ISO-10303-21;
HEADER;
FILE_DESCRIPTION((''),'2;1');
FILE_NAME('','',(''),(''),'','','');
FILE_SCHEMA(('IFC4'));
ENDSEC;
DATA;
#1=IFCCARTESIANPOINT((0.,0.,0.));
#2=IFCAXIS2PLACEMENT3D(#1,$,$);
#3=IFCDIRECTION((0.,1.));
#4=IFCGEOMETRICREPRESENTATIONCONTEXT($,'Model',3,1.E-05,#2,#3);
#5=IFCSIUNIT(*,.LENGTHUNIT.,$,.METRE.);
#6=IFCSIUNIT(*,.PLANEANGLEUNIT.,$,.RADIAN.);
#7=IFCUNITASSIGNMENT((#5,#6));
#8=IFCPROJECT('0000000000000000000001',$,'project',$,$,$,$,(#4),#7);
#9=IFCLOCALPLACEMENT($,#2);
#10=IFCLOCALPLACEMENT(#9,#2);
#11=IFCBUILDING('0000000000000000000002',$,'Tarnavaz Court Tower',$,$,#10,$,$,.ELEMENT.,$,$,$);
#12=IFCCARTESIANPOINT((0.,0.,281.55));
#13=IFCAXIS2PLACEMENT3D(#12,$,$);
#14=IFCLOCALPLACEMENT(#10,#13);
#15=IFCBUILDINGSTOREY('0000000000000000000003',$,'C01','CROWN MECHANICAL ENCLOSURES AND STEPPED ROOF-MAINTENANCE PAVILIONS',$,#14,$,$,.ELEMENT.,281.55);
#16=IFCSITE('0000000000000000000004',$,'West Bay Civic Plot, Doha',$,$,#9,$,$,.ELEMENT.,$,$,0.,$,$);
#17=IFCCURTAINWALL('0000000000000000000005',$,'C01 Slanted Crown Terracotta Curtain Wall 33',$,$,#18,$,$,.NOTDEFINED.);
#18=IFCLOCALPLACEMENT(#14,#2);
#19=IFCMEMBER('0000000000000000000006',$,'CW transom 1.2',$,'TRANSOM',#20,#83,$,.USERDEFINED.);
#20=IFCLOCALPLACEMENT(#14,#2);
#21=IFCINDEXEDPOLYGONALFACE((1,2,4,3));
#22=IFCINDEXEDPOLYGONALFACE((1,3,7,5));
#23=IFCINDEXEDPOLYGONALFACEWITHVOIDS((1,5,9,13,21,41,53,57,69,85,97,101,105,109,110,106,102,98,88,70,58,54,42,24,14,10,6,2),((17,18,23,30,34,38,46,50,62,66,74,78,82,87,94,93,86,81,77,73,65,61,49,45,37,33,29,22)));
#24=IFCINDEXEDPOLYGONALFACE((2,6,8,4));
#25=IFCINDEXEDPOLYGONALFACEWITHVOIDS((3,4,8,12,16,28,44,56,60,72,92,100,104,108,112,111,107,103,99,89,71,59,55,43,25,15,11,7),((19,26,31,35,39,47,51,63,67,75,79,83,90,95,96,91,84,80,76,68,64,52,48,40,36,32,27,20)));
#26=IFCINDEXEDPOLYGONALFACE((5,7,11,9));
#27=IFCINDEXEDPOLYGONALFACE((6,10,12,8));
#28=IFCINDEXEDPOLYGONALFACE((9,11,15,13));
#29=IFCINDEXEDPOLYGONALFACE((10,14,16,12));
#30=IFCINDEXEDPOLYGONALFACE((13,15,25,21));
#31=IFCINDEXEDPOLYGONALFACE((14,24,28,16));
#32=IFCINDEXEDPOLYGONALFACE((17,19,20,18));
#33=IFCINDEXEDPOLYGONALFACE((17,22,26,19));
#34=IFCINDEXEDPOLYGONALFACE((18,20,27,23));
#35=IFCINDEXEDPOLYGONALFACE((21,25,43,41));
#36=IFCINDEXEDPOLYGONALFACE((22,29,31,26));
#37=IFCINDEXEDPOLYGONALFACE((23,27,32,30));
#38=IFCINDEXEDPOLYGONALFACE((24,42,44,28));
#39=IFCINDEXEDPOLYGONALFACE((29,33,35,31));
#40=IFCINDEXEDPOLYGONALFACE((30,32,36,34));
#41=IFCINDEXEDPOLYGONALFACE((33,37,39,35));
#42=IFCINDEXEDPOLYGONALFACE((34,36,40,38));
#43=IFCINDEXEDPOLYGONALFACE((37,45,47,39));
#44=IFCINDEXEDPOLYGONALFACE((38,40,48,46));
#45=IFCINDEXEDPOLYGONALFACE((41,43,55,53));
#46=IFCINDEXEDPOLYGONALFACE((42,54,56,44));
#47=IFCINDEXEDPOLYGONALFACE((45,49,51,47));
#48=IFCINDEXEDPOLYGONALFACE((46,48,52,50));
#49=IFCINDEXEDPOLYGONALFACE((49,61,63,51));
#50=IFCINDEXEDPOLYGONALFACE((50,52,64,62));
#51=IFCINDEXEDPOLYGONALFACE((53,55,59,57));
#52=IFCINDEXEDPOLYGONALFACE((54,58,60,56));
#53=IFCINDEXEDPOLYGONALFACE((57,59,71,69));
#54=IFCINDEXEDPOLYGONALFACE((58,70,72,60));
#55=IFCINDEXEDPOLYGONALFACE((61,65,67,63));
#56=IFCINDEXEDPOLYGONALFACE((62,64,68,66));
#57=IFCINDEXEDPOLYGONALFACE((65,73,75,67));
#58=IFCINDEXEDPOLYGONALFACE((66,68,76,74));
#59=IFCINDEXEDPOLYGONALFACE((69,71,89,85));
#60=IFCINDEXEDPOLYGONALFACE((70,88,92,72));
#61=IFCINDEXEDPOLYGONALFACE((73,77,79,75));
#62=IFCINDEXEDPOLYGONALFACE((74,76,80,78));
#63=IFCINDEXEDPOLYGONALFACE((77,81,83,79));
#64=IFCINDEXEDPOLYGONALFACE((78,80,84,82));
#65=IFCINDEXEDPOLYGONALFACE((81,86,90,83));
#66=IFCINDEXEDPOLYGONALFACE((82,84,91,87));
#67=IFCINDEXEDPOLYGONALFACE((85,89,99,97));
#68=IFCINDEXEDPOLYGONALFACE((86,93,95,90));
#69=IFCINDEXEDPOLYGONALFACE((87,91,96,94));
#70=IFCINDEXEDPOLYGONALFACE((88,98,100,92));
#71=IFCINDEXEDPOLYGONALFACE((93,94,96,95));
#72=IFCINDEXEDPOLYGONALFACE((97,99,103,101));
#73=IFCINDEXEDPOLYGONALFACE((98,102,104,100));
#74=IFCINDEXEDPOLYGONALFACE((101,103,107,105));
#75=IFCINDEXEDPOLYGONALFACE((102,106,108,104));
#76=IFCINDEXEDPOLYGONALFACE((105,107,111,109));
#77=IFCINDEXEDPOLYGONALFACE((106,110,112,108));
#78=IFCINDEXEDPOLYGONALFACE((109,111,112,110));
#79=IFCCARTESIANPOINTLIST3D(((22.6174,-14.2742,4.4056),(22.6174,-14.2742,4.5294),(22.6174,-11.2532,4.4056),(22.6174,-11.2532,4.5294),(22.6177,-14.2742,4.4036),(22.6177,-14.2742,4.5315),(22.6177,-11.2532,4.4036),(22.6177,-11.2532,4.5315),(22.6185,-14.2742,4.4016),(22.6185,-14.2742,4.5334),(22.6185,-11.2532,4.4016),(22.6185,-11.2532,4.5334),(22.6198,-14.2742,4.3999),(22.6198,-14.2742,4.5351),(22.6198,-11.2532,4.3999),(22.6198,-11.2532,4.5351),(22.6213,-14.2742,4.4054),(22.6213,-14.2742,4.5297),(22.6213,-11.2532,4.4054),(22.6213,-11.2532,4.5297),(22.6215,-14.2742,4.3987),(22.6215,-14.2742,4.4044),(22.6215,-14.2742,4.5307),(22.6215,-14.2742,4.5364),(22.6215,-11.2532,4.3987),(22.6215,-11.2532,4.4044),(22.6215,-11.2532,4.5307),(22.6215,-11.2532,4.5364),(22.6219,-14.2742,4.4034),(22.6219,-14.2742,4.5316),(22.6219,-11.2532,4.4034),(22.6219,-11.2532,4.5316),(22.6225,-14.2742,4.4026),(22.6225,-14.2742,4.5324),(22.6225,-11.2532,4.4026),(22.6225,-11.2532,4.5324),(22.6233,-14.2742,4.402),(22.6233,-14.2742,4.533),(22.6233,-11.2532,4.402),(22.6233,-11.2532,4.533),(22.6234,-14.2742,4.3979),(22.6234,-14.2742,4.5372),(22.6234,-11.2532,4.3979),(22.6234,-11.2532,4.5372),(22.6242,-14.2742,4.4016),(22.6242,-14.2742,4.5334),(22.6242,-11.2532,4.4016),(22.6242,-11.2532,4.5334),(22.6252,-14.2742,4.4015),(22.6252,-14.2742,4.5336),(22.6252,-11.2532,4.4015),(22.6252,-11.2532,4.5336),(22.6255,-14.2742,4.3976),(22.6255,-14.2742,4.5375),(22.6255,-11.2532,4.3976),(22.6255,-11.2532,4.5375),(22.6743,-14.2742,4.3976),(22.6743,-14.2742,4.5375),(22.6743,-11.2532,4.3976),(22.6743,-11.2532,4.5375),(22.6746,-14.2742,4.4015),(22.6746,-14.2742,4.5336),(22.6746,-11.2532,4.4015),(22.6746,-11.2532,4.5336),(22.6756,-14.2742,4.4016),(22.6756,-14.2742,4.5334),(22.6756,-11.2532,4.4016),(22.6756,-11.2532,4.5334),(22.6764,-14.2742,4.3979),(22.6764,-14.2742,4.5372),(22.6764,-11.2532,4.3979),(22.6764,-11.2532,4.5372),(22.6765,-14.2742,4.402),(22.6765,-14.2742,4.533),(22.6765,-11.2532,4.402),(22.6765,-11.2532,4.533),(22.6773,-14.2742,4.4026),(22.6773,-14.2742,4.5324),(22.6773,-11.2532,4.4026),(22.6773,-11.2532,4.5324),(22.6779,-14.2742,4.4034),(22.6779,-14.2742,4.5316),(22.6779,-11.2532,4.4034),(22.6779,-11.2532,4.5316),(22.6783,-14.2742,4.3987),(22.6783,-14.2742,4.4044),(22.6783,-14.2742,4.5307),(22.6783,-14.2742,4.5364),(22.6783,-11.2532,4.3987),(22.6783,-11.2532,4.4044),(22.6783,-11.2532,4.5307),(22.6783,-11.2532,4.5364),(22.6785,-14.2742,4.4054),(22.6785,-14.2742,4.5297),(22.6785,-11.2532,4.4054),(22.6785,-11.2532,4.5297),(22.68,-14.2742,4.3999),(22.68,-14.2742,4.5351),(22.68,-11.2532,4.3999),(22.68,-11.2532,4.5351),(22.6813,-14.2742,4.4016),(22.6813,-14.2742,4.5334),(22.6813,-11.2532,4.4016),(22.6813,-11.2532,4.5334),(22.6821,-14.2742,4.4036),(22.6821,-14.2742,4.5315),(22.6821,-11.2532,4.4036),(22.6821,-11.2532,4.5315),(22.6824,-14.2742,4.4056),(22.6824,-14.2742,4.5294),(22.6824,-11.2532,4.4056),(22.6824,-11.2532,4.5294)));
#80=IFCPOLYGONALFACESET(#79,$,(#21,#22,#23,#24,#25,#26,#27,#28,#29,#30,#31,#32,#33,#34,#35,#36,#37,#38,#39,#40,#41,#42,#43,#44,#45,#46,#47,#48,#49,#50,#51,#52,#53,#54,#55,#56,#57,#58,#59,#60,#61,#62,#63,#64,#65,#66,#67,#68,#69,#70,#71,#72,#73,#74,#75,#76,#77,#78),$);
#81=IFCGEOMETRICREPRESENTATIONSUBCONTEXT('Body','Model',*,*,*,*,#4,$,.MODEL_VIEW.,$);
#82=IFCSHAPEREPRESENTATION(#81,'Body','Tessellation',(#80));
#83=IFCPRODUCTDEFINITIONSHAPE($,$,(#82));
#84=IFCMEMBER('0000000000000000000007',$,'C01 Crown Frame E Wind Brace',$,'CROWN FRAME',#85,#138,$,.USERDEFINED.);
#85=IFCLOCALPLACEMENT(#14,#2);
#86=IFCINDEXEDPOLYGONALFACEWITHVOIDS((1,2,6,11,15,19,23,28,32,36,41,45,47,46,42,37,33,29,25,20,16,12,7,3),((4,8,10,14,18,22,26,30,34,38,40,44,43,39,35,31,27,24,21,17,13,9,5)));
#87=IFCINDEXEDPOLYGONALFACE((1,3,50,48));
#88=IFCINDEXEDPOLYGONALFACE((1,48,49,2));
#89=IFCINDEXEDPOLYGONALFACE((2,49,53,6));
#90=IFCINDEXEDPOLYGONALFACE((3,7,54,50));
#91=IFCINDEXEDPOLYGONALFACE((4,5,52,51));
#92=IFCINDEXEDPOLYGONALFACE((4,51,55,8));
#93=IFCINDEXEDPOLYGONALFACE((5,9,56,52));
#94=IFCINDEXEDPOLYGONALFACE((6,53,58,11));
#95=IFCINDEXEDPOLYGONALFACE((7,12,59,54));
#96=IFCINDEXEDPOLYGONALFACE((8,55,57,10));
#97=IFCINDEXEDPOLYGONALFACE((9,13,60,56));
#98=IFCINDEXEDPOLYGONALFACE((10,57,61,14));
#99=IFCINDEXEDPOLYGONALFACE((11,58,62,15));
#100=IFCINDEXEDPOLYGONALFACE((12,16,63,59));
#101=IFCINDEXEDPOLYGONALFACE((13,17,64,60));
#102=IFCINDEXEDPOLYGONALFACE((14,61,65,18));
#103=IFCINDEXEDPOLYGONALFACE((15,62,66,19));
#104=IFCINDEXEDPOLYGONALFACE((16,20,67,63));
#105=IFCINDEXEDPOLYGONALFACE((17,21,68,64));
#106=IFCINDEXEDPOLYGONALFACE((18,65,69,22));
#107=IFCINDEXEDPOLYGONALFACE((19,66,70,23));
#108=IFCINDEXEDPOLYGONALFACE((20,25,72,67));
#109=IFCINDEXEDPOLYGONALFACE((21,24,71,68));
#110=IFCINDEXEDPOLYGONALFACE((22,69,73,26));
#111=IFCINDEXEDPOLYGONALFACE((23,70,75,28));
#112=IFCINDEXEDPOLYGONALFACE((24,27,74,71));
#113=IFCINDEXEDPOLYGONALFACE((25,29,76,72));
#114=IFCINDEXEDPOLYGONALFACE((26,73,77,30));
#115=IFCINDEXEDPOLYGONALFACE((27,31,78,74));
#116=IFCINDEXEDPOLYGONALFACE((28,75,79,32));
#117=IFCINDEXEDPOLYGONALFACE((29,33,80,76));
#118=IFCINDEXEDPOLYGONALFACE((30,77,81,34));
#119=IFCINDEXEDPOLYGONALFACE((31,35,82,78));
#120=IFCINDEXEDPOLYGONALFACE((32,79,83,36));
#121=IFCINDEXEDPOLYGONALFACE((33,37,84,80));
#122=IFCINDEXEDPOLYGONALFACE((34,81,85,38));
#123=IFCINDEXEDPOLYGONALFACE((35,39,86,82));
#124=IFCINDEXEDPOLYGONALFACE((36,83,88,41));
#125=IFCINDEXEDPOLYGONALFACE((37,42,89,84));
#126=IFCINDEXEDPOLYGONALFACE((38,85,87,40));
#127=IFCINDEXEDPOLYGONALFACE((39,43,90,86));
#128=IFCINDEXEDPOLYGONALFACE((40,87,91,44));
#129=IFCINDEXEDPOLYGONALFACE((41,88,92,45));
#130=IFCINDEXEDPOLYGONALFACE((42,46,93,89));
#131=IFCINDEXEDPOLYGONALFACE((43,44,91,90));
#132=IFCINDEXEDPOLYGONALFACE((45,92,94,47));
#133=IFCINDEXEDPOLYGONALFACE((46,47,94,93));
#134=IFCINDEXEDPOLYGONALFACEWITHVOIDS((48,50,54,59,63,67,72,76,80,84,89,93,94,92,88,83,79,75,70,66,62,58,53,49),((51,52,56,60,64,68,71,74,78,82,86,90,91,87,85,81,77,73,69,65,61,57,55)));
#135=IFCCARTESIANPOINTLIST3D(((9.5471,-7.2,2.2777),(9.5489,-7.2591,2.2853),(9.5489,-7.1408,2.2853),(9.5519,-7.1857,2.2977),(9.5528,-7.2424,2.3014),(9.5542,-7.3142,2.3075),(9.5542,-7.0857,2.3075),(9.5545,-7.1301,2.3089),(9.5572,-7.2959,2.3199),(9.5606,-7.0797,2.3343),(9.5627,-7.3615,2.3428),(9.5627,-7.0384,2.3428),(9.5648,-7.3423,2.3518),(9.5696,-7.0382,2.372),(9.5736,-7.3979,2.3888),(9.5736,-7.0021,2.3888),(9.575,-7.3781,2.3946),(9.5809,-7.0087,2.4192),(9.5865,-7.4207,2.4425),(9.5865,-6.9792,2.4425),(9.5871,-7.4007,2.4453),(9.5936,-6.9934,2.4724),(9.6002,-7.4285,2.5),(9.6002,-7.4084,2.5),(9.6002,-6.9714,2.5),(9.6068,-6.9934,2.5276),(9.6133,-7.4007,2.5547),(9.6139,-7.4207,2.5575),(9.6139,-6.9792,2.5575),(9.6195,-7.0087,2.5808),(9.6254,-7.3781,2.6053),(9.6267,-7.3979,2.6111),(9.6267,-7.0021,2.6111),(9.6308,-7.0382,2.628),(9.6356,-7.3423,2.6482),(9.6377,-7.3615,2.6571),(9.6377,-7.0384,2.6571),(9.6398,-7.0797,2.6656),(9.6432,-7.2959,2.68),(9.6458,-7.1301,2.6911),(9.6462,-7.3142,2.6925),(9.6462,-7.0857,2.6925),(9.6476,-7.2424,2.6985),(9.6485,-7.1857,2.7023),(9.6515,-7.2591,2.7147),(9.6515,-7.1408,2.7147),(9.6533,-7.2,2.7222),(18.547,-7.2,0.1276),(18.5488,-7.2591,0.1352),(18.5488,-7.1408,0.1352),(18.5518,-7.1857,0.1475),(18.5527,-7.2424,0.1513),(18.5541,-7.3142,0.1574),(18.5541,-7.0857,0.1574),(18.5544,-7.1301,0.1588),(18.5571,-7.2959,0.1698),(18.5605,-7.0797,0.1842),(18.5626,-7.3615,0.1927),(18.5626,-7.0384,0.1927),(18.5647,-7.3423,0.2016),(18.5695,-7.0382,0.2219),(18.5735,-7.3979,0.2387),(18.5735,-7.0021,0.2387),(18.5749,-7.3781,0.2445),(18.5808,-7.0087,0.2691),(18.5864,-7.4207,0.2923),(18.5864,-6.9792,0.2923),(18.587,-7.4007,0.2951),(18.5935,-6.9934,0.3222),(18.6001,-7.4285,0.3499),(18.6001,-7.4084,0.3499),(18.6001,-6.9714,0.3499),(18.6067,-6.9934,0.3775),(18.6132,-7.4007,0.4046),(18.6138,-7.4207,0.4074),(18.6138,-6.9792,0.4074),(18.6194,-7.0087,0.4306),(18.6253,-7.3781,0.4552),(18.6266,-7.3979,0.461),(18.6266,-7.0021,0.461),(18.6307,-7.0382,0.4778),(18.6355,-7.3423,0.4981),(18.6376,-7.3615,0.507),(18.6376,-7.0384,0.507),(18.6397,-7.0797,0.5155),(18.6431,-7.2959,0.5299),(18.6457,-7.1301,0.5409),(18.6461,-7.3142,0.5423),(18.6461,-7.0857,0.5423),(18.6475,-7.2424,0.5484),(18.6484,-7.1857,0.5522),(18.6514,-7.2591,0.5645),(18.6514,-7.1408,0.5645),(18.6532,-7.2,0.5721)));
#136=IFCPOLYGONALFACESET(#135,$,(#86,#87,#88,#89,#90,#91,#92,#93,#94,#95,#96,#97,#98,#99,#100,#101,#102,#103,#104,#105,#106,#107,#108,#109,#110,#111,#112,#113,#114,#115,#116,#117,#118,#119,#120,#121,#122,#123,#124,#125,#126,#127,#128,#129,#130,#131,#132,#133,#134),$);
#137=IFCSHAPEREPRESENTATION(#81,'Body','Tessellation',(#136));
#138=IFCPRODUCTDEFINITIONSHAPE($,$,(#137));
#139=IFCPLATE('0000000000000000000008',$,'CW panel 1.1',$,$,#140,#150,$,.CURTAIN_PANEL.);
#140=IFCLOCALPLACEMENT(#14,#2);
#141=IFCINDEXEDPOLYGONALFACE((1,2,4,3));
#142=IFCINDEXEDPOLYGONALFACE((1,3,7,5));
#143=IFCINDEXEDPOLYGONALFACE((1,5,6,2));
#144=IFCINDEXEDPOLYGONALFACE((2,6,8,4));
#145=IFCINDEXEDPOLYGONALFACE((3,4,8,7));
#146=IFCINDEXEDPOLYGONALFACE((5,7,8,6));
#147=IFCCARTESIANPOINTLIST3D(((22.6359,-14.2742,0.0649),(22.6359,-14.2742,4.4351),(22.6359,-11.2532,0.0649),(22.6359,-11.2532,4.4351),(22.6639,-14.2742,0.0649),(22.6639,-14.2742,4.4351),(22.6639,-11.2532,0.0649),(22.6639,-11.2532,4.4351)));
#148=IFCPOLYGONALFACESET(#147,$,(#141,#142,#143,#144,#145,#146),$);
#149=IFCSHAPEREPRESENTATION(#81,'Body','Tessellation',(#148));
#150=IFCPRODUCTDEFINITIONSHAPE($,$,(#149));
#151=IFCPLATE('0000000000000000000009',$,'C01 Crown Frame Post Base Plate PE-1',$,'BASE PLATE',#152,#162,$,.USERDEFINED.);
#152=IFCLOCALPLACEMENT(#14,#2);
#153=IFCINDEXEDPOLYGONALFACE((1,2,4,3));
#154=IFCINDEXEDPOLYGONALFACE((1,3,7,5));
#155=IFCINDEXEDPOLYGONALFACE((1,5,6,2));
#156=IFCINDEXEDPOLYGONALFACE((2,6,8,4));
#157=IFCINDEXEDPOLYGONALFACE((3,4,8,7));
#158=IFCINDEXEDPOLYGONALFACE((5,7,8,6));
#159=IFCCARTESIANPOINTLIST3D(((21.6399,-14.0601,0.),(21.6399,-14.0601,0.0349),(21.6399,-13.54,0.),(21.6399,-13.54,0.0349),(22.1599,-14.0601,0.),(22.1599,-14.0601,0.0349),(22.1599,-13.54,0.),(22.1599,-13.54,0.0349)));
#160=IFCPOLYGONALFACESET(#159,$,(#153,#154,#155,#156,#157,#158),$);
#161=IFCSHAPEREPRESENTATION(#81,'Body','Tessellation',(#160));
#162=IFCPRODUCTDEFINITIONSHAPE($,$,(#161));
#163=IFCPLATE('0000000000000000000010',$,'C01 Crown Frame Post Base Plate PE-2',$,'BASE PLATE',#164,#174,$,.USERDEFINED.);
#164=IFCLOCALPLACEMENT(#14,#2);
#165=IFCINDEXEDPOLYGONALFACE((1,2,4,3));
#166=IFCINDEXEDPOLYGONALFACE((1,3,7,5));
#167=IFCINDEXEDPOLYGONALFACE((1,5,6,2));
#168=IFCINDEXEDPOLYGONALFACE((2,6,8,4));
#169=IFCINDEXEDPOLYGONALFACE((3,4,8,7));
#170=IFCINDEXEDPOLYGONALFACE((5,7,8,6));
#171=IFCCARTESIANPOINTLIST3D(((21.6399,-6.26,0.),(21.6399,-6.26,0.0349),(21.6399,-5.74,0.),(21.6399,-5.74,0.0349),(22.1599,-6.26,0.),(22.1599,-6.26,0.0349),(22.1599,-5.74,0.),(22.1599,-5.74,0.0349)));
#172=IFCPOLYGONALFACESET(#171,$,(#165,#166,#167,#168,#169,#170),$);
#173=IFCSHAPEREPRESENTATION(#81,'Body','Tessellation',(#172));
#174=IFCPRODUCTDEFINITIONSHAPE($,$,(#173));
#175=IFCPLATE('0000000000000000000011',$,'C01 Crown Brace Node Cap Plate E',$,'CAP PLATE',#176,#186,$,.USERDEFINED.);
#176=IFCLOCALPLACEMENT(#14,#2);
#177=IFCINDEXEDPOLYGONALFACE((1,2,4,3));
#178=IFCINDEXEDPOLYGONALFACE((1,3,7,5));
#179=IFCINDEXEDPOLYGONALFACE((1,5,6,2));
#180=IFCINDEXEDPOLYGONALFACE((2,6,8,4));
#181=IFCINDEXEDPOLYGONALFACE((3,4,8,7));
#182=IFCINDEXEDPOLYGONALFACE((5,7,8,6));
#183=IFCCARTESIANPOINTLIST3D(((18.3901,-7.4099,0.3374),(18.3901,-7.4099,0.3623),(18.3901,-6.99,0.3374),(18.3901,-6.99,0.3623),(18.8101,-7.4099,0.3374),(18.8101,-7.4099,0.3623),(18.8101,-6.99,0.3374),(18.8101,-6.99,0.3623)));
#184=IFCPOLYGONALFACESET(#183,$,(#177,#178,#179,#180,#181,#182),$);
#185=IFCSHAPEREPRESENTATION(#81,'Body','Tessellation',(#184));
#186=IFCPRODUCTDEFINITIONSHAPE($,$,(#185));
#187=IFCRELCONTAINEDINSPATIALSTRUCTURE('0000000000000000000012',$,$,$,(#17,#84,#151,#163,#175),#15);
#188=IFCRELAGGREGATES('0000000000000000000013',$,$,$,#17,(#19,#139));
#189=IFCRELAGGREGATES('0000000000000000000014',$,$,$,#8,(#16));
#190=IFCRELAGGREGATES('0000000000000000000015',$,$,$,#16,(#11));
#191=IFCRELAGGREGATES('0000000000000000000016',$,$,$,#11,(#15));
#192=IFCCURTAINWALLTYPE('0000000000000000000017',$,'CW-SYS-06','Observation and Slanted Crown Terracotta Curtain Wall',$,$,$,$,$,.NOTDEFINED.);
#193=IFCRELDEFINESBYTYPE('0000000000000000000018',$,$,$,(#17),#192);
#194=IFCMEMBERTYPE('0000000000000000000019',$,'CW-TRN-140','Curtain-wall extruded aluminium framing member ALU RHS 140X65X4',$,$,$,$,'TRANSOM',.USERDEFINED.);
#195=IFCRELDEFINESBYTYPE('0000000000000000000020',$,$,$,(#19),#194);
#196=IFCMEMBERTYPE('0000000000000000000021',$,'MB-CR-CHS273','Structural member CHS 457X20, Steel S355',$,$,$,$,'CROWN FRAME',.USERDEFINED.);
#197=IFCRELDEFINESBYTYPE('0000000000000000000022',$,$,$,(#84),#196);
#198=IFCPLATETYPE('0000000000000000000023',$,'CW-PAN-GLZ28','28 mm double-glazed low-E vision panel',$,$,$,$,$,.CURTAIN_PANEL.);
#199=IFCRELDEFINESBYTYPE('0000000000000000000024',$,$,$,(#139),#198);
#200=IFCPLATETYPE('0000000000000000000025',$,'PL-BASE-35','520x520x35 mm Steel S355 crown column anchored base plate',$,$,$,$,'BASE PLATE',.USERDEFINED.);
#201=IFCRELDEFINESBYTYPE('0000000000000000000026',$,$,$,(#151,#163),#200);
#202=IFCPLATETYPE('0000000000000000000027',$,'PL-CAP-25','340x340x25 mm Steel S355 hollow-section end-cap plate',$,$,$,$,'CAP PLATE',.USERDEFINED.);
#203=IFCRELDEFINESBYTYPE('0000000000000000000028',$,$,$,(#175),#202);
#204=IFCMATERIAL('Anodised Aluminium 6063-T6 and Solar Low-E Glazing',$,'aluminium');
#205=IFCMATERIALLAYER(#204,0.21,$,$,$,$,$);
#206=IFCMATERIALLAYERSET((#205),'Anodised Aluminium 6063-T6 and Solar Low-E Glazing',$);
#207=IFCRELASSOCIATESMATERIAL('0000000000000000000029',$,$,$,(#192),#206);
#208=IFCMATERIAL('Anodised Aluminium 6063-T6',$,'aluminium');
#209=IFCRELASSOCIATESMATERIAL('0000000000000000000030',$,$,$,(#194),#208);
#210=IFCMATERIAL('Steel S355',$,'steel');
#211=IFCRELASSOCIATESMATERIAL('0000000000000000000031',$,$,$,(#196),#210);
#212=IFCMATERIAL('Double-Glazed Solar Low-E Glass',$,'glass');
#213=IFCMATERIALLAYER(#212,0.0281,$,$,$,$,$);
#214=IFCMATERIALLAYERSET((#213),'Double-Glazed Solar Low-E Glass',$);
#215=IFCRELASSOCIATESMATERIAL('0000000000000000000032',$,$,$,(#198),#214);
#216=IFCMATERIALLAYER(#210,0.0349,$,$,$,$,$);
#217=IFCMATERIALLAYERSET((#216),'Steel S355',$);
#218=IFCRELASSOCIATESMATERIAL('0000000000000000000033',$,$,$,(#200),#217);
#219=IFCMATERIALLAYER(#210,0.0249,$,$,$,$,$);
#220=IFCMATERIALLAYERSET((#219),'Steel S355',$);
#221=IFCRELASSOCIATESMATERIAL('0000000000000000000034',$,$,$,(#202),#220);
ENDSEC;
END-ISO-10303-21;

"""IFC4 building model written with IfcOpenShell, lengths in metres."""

from ifc_helpers import new_model, si_unit, direction, frame, origin, origin_2d, place, context, subcontext, project, spatial, rectangle, hollow_rectangle, hollow_circle, extrude, material, layer, layer_set, material_profile, profile_set, type_object, element, aggregate, save


model = new_model("IFC4")

# Units and contexts
model_context = context("Model", 3, precision=1e-05, world=origin(), true_north=direction((0.0, 1.0)))
body_context = subcontext(model_context, "Body", "Model", "MODEL_VIEW")
ifc_project = project(units=[si_unit("LENGTHUNIT", "METRE"), si_unit("PLANEANGLEUNIT", "RADIAN")], contexts=[model_context])

# Site, building, storey
site_placement = place(None, origin())
site = spatial("IfcSite", under=ifc_project, at=site_placement, Name="West Bay Civic Plot, Doha", CompositionType="ELEMENT", RefElevation=0.0)
building_placement = place(site_placement, origin())
building = spatial("IfcBuilding", under=site, at=building_placement, Name="Tarnavaz Court Tower", CompositionType="ELEMENT")
storey_placement = place(building_placement, frame((0.0, 0.0, 281.55)))
storey = spatial("IfcBuildingStorey", under=building, at=storey_placement, Name="C01", Description="CROWN MECHANICAL ENCLOSURES AND STEPPED ROOF-MAINTENANCE PAVILIONS", CompositionType="ELEMENT", Elevation=281.55)

# Shared definitions
ifc_material_1 = material(Name="Steel S355", Category="steel")

# Curtain wall, member
ifc_material_2 = material(Name="Anodised Aluminium 6063-T6 and Solar Low-E Glazing", Category="aluminium")
ifc_layer_1 = layer(ifc_material_2, 0.21)
ifc_layer_set_1 = layer_set([ifc_layer_1], Name="Anodised Aluminium 6063-T6 and Solar Low-E Glazing")
curtain_wall_type = type_object("IfcCurtainWallType", Name="CW-SYS-06", Description="Observation and Slanted Crown Terracotta Curtain Wall", PredefinedType="NOTDEFINED", material=ifc_layer_set_1)
curtain_wall_placement = place(storey_placement, origin())
curtain_wall = element("IfcCurtainWall", 1, at=curtain_wall_placement, inside=storey, type_object=curtain_wall_type, Name="C01 Slanted Crown Terracotta Curtain Wall 33", PredefinedType="NOTDEFINED")
ifc_material_3 = material(Name="Anodised Aluminium 6063-T6", Category="aluminium")
ifc_material_profile_1 = material_profile(ifc_material_3, hollow_rectangle(XDim=0.0649, YDim=0.1399, WallThickness=0.0039, InnerFilletRadius=0.0039, OuterFilletRadius=0.0081, at=origin_2d()), Name="ALU RHS 140X65X4")
ifc_profile_set_1 = profile_set([ifc_material_profile_1], Name="Anodised Aluminium 6063-T6")
member_type_1 = type_object("IfcMemberType", Name="CW-TRN-140", Description="Curtain-wall extruded aluminium framing member ALU RHS 140X65X4", ElementType="TRANSOM", PredefinedType="USERDEFINED", material=ifc_profile_set_1)
member_1_placement = place(storey_placement, frame((22.6499, -11.2532, 4.4675), z_axis=(0.0, -1.0, 0.0), x_axis=(1.0, 0.0, 0.0)))
member_1 = element("IfcMember", 2, at=member_1_placement, type_object=member_type_1, Name="CW transom 1.2", ObjectType="TRANSOM", PredefinedType="USERDEFINED", context=body_context, shape_type="SweptSolid", body=[
    extrude(hollow_rectangle(XDim=0.0649, YDim=0.1399, WallThickness=0.0039, InnerFilletRadius=0.0039, OuterFilletRadius=0.0081, at=origin_2d()), origin(), (0.0, 0.0, 1.0), 3.021),
])

# Member
ifc_material_profile_2 = material_profile(ifc_material_1, hollow_circle(Radius=0.2285, WallThickness=0.02, at=origin_2d()), Name="CHS 457X20")
ifc_profile_set_2 = profile_set([ifc_material_profile_2], Name="Steel S355")
member_type_2 = type_object("IfcMemberType", Name="MB-CR-CHS273", Description="Structural member CHS 457X20, Steel S355", ElementType="CROWN FRAME", PredefinedType="USERDEFINED", material=ifc_profile_set_2)
member_2_placement = place(storey_placement, frame((18.6001, -7.2, 0.3499), z_axis=(-0.972628, 0.0, 0.232366), x_axis=(0.0, -1.0, 0.0)))
element("IfcMember", 3, at=member_2_placement, inside=storey, type_object=member_type_2, Name="C01 Crown Frame E Wind Brace", ObjectType="CROWN FRAME", PredefinedType="USERDEFINED", context=body_context, shape_type="SweptSolid", body=[
    extrude(hollow_circle(Radius=0.2285, WallThickness=0.02, at=origin_2d()), origin(), (0.0, 0.0, 1.0), 9.2532),
])

# Plate
ifc_material_4 = material(Name="Double-Glazed Solar Low-E Glass", Category="glass")
ifc_layer_2 = layer(ifc_material_4, 0.0281)
ifc_layer_set_2 = layer_set([ifc_layer_2], Name="Double-Glazed Solar Low-E Glass")
plate_type_1 = type_object("IfcPlateType", Name="CW-PAN-GLZ28", Description="28 mm double-glazed low-E vision panel", PredefinedType="CURTAIN_PANEL", material=ifc_layer_set_2)
plate_1_placement = place(storey_placement, frame((22.6499, -12.7637, 0.0649), z_axis=(0.0, 0.0, 1.0), x_axis=(0.0, -1.0, 0.0)))
plate_1 = element("IfcPlate", 4, at=plate_1_placement, type_object=plate_type_1, Name="CW panel 1.1", PredefinedType="CURTAIN_PANEL", context=body_context, shape_type="SweptSolid", body=[
    extrude(rectangle(XDim=3.021, YDim=0.0281, at=origin_2d()), origin(), (0.0, 0.0, 1.0), 4.3701),
])
aggregate(curtain_wall, [member_1, plate_1])

# Plates
ifc_layer_3 = layer(ifc_material_1, 0.0349)
ifc_layer_set_3 = layer_set([ifc_layer_3], Name="Steel S355")
plate_type_2 = type_object("IfcPlateType", Name="PL-BASE-35", Description="520x520x35 mm Steel S355 crown column anchored base plate", ElementType="BASE PLATE", PredefinedType="USERDEFINED", material=ifc_layer_set_3)
for number, where, z_axis, x_axis, name in (
    (5, (21.8999, -13.8, 0.0), (0.0, 0.0, 1.0), (1.0, 0.0, 0.0), "C01 Crown Frame Post Base Plate PE-1"),
    (6, (21.8999, -6.0, 0.0), (0.0, 0.0, 1.0), (1.0, 0.0, 0.0), "C01 Crown Frame Post Base Plate PE-2"),
):
    element("IfcPlate", number, at=place(storey_placement, frame(where, z_axis=z_axis, x_axis=x_axis)), inside=storey, type_object=plate_type_2, Name=name, ObjectType="BASE PLATE", PredefinedType="USERDEFINED", context=body_context, shape_type="SweptSolid", body=[
        extrude(rectangle(XDim=0.52, YDim=0.52, at=origin_2d()), origin(), (0.0, 0.0, 1.0), 0.0349),
    ])
ifc_layer_4 = layer(ifc_material_1, 0.0249)
ifc_layer_set_4 = layer_set([ifc_layer_4], Name="Steel S355")
plate_type_3 = type_object("IfcPlateType", Name="PL-CAP-25", Description="340x340x25 mm Steel S355 hollow-section end-cap plate", ElementType="CAP PLATE", PredefinedType="USERDEFINED", material=ifc_layer_set_4)
plate_2_placement = place(storey_placement, frame((18.6001, -7.2, 0.3374), z_axis=(0.0, 0.0, 1.0), x_axis=(1.0, 0.0, 0.0)))
element("IfcPlate", 7, at=plate_2_placement, inside=storey, type_object=plate_type_3, Name="C01 Crown Brace Node Cap Plate E", ObjectType="CAP PLATE", PredefinedType="USERDEFINED", context=body_context, shape_type="SweptSolid", body=[
    extrude(rectangle(XDim=0.4199, YDim=0.4199, at=origin_2d()), origin(), (0.0, 0.0, 1.0), 0.0249),
])

save(model, "model.ifc")
